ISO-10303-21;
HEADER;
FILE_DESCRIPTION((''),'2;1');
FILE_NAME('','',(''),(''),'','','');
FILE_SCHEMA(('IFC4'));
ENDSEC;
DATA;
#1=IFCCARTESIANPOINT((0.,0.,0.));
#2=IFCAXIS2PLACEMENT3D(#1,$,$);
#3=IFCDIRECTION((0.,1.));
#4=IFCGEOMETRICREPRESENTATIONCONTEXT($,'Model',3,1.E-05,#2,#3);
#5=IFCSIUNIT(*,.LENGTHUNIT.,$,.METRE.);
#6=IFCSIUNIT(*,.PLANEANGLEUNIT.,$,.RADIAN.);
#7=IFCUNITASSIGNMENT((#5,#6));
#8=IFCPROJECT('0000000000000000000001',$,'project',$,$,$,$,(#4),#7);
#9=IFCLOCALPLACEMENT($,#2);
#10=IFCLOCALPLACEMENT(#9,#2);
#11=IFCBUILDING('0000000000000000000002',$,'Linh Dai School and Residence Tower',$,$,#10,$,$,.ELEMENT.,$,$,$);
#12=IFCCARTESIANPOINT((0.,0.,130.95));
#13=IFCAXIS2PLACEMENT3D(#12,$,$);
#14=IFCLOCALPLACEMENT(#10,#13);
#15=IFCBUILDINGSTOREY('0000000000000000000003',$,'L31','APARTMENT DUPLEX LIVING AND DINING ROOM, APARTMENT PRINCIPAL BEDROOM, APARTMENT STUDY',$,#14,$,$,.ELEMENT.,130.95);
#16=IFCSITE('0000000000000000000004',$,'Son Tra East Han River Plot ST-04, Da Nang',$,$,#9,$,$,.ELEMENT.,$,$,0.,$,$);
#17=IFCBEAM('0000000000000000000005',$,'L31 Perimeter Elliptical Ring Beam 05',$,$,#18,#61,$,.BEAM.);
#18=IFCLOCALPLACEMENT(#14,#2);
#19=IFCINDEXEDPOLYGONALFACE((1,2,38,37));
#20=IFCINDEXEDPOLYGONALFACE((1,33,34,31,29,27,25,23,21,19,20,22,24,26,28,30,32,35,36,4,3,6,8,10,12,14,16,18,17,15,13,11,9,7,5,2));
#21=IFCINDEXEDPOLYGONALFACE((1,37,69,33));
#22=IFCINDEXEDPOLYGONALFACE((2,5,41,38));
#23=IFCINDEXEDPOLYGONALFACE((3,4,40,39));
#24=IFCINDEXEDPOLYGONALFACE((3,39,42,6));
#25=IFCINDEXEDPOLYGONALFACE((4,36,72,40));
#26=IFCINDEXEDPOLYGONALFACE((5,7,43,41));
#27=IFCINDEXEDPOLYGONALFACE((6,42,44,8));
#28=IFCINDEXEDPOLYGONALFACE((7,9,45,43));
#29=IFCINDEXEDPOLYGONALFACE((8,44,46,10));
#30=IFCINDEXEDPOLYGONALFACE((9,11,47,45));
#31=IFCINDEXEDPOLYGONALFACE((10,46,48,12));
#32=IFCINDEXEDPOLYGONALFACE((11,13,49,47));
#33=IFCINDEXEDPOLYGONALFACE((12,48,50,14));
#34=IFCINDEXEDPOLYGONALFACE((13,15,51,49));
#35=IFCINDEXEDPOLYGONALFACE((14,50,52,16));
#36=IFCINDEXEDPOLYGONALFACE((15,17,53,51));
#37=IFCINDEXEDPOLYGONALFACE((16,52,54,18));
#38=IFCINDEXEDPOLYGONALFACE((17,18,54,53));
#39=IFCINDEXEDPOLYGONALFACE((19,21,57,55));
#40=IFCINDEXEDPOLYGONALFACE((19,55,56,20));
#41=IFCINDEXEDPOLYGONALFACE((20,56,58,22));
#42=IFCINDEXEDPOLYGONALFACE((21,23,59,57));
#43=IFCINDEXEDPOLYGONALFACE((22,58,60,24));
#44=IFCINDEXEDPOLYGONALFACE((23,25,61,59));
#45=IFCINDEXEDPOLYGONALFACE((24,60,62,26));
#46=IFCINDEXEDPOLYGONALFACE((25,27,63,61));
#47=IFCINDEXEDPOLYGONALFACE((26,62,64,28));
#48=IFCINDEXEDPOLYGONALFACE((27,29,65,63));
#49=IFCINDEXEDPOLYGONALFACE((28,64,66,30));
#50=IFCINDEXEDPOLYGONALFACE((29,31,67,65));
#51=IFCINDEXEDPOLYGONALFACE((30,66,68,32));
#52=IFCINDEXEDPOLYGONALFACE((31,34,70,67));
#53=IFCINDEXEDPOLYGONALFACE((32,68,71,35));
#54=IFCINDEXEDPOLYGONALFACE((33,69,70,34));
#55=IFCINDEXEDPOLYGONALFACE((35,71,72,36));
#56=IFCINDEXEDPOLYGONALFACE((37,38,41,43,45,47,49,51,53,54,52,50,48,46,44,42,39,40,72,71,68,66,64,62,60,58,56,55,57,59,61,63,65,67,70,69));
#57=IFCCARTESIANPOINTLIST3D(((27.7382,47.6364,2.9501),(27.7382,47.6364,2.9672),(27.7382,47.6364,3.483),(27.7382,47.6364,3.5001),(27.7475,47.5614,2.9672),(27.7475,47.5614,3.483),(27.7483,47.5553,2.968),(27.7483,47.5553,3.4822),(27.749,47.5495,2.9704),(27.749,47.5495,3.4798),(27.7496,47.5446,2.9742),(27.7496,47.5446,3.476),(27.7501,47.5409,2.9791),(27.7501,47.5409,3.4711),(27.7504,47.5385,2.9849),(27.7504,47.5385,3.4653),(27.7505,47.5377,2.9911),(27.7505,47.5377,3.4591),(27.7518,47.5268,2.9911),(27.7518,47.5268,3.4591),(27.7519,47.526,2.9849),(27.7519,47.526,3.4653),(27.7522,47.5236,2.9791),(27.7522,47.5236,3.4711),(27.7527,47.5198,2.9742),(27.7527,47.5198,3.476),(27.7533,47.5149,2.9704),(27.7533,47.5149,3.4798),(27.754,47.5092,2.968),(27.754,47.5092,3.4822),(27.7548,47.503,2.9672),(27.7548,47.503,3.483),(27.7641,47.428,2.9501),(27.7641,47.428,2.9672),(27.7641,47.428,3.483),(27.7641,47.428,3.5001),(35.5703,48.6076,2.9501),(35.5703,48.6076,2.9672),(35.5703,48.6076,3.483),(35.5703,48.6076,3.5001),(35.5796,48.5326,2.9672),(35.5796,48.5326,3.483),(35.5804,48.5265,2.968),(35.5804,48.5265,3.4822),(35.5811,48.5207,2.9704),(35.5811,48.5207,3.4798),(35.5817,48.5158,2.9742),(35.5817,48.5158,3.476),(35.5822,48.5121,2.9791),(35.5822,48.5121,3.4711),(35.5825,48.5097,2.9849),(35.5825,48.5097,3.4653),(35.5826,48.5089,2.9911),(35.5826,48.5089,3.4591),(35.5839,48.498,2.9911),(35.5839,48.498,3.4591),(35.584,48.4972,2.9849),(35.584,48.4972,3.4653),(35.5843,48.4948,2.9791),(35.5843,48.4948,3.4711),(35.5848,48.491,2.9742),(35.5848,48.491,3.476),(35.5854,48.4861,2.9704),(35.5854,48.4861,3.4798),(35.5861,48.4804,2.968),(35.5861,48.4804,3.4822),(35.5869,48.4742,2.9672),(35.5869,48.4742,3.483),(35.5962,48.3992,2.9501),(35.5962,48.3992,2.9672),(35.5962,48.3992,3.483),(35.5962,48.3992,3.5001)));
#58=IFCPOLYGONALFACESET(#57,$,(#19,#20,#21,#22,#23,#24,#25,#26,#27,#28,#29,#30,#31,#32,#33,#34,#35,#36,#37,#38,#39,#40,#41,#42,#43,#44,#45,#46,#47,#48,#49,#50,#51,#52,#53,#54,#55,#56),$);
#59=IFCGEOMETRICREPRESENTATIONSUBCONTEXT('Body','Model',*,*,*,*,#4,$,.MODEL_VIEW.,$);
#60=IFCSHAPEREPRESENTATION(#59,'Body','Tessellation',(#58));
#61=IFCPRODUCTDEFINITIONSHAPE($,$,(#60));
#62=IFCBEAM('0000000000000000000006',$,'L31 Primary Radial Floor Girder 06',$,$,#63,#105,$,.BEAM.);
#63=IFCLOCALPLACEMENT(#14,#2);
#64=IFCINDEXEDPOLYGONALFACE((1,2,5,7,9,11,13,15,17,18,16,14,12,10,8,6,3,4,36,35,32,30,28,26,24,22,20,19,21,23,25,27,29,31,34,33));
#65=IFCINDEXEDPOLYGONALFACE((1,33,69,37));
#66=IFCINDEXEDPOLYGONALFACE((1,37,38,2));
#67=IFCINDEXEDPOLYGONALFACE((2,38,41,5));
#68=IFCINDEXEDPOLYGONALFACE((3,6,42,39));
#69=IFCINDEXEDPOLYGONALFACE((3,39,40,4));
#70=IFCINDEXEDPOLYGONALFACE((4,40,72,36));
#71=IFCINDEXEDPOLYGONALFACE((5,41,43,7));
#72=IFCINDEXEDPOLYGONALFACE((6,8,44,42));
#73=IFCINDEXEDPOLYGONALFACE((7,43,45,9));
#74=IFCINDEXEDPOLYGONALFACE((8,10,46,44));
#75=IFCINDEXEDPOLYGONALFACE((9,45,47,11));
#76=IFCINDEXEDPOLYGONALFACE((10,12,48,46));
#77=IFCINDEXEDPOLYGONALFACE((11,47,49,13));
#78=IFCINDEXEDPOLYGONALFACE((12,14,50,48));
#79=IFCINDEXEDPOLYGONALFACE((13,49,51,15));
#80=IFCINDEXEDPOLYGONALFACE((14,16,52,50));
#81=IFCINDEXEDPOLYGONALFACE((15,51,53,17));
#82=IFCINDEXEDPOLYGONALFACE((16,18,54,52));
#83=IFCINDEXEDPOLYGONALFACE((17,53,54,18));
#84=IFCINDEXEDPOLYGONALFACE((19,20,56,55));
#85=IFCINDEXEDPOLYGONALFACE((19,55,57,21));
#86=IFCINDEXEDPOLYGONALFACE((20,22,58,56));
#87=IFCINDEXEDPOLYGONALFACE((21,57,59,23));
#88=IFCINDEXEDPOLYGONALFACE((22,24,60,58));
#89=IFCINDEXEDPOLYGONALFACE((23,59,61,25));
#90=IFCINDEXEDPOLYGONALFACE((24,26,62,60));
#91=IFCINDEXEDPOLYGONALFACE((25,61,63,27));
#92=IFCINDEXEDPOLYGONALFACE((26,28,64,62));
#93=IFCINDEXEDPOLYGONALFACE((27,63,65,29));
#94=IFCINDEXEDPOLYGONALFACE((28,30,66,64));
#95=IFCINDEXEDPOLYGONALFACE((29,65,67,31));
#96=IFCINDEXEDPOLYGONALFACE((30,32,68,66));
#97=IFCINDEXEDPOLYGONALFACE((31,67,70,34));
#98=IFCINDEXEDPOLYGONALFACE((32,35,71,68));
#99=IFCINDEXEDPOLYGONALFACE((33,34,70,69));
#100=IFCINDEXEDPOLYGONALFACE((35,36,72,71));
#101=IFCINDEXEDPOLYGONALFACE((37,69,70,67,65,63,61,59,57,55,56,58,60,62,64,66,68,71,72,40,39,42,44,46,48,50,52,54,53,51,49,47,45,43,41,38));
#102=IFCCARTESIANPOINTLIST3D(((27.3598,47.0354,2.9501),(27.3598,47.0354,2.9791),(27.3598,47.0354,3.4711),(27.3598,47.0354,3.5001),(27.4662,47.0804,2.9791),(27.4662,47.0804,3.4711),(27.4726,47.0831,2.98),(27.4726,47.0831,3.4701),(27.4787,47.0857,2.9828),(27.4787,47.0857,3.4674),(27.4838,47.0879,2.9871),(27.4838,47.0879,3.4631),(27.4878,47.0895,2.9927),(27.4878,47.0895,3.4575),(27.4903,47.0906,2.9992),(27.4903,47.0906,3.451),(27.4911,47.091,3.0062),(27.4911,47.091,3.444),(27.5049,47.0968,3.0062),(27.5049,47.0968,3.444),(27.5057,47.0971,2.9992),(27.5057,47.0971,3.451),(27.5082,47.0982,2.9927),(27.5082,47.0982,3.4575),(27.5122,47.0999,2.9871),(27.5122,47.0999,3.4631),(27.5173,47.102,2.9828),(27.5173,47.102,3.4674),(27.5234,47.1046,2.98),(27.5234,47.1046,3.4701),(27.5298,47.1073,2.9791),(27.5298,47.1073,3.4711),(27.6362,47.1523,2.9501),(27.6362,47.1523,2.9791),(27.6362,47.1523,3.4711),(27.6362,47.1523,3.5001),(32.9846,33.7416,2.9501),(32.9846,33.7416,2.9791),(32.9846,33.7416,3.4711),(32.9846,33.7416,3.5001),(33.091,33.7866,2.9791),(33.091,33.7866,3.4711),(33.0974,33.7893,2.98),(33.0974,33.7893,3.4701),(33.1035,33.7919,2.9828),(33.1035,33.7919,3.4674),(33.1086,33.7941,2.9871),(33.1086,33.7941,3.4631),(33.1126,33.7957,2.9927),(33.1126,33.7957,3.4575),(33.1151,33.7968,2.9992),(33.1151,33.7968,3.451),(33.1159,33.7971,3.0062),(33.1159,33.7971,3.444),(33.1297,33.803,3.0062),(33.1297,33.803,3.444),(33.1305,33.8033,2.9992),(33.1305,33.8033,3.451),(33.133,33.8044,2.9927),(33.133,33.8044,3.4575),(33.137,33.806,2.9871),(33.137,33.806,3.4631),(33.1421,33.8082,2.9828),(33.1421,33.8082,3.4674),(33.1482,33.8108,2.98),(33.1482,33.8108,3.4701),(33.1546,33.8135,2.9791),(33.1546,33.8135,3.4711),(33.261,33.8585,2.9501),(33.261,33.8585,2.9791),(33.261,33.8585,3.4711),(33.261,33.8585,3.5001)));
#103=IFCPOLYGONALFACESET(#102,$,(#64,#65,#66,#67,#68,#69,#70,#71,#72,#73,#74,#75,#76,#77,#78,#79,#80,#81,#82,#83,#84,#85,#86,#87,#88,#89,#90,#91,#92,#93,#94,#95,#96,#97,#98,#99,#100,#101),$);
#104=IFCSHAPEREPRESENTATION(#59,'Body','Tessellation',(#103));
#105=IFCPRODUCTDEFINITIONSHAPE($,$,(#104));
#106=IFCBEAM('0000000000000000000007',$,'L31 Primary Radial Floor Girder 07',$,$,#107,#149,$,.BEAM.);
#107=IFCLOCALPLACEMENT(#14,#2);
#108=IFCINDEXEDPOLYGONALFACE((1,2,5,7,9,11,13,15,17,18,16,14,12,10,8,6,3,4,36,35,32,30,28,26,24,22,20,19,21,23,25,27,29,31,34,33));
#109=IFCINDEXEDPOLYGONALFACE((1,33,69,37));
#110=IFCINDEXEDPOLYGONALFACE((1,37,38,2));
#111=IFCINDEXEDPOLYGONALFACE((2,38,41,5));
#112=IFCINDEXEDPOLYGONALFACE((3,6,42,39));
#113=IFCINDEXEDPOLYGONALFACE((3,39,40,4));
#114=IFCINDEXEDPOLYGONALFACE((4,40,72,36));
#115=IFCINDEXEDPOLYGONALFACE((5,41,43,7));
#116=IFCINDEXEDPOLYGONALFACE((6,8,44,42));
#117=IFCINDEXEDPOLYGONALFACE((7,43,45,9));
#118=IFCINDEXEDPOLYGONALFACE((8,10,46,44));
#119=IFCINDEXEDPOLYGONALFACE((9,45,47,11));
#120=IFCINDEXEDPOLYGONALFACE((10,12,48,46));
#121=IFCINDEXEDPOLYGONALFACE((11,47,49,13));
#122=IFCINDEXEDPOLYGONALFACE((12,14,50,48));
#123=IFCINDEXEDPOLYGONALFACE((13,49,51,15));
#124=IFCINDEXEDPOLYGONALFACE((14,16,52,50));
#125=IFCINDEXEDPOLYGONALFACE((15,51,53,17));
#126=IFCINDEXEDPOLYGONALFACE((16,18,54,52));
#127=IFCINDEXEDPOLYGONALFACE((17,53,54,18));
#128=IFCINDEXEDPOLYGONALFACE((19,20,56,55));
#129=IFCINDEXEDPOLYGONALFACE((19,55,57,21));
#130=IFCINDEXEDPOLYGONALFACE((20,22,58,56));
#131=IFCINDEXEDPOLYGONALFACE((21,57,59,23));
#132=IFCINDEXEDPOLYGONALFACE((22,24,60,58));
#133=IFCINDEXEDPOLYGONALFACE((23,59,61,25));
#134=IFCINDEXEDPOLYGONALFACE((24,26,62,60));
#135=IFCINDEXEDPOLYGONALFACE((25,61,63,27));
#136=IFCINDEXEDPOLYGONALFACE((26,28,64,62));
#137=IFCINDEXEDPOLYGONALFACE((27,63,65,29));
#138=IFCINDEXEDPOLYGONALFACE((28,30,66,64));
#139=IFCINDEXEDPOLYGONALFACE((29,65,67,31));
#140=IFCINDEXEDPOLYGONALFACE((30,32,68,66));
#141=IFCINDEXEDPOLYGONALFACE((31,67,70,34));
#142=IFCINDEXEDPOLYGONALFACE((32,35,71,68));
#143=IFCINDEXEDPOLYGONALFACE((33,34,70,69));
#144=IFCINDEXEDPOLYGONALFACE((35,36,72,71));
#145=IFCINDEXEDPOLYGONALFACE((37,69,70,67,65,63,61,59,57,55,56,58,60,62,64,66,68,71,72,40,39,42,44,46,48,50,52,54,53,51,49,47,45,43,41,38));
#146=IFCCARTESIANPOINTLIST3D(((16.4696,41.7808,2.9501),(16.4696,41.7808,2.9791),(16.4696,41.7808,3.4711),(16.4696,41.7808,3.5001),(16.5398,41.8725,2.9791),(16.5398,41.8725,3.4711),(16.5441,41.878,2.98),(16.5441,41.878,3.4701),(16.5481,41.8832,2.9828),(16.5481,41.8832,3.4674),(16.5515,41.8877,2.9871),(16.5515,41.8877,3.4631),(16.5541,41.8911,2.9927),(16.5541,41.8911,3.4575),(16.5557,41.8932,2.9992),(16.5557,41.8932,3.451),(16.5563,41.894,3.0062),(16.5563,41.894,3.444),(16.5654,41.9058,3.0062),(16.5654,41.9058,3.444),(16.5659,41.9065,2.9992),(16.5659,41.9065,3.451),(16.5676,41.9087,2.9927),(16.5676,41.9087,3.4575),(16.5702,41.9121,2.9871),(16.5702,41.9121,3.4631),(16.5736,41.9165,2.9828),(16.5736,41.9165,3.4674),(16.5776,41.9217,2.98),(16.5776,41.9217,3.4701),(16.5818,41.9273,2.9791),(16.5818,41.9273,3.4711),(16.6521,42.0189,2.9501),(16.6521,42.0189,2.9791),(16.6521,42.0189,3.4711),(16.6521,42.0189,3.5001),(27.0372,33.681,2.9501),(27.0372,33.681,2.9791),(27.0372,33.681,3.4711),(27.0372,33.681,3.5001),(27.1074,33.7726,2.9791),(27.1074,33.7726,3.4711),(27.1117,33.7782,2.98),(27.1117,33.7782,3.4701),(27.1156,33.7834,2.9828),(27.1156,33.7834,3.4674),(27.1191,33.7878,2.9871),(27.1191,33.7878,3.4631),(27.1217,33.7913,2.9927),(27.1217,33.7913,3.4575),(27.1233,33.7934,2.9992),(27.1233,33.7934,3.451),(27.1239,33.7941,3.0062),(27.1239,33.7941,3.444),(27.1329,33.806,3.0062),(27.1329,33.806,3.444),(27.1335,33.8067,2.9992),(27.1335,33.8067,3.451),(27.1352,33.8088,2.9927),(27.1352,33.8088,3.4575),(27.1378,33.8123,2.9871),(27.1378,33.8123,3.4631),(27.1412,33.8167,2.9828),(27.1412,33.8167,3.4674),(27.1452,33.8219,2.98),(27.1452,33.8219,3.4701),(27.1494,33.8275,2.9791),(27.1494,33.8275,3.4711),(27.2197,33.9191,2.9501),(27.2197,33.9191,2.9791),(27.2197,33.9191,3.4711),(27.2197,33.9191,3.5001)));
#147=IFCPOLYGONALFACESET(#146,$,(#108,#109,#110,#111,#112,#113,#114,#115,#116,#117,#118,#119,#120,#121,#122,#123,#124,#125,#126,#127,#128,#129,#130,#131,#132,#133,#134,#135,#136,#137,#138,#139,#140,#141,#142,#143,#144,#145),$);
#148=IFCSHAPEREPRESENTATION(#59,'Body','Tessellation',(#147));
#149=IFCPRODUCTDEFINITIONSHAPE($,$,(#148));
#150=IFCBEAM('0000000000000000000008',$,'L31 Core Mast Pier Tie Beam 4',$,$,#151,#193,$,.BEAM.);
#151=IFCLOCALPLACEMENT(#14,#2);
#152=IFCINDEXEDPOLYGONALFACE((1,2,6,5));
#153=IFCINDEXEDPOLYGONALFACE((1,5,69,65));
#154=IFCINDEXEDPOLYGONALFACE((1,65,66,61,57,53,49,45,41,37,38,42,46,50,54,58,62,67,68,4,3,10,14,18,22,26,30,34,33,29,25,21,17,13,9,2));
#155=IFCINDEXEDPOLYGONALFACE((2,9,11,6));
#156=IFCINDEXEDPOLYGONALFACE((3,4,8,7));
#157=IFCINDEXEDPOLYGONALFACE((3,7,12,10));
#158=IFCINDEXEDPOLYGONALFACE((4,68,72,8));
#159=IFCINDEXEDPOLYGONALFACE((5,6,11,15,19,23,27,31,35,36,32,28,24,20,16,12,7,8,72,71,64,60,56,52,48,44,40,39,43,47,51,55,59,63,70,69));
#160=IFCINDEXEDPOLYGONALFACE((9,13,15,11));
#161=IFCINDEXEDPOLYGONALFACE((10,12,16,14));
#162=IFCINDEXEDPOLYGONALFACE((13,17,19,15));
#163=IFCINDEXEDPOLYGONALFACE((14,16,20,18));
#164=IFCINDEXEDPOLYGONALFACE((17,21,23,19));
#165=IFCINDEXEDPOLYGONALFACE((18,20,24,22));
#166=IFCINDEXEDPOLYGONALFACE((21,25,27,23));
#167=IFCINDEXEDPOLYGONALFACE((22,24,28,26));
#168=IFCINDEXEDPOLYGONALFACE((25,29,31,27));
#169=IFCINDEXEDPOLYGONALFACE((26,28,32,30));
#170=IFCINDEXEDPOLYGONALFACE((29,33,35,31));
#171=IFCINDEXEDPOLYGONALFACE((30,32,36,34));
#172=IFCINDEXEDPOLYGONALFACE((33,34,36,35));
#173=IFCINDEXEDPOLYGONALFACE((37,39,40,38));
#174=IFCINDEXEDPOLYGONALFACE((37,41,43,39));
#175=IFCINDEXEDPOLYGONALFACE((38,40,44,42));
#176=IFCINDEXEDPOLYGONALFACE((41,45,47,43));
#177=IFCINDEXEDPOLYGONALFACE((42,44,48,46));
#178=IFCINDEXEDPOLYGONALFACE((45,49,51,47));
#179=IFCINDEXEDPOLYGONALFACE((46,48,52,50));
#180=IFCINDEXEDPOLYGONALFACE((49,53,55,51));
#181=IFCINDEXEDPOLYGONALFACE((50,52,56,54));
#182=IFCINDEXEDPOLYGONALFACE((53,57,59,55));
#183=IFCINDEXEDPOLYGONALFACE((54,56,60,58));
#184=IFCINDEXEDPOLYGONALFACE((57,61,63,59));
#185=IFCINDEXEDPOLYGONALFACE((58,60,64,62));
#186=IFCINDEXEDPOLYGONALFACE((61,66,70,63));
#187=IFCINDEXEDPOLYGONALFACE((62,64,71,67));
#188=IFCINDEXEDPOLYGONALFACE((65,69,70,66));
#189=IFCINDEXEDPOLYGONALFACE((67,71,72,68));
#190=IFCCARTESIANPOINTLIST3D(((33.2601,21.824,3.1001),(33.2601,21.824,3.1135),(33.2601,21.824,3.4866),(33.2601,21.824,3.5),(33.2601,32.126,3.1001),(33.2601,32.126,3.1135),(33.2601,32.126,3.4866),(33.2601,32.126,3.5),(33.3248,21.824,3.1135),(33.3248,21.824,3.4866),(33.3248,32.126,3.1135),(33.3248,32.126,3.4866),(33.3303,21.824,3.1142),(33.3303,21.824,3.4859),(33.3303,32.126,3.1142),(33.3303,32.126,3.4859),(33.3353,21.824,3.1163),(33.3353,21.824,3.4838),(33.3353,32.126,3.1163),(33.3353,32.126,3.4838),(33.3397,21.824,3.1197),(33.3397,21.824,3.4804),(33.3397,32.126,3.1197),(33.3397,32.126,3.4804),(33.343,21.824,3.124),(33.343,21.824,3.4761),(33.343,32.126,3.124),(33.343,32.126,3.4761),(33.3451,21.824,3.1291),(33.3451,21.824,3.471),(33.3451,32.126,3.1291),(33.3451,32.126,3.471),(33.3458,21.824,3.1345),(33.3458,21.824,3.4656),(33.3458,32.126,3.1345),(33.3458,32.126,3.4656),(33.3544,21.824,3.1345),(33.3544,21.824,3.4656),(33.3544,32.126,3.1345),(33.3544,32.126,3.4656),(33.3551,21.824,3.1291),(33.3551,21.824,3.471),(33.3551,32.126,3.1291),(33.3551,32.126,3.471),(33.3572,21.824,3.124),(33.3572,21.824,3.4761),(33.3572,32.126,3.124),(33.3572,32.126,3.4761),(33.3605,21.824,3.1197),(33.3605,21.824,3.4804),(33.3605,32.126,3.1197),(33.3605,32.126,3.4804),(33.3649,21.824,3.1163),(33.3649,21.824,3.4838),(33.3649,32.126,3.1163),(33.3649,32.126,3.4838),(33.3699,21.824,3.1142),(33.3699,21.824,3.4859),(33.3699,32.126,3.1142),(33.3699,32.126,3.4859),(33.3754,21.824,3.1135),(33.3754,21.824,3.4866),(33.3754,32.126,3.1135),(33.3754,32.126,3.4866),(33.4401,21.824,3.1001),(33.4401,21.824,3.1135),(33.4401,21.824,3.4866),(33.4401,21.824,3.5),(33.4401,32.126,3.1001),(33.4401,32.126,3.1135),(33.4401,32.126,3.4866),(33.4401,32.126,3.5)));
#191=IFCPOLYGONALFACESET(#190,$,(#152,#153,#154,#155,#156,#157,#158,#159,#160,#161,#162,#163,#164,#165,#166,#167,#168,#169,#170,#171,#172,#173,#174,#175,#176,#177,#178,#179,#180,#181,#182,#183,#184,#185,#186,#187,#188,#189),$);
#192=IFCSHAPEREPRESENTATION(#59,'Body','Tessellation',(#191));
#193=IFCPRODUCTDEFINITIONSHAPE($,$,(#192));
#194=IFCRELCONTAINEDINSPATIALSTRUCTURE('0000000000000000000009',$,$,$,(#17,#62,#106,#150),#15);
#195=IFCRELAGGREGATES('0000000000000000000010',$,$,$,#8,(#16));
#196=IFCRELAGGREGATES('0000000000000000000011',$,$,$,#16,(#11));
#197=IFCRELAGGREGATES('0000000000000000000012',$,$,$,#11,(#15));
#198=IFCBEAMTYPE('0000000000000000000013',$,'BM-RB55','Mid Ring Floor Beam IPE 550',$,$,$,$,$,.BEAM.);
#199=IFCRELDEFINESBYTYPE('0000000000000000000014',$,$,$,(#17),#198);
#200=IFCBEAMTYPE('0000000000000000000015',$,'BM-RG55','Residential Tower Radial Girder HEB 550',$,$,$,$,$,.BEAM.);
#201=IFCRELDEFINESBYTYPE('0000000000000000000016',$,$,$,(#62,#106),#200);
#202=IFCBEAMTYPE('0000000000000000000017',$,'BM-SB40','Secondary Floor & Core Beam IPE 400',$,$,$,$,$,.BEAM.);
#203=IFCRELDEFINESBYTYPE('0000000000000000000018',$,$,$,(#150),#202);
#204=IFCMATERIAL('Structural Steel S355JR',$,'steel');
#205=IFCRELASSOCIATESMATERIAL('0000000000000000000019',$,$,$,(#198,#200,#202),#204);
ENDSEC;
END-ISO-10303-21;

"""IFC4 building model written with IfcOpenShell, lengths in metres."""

from ifc_helpers import new_model, si_unit, direction, frame, origin, origin_2d, place, context, subcontext, project, spatial, i_section, extrude, material, material_profile, profile_set, type_object, element, save


model = new_model("IFC4")

# Units and contexts
model_context = context("Model", 3, precision=1e-05, world=origin(), true_north=direction((0.0, 1.0)))
body_context = subcontext(model_context, "Body", "Model", "MODEL_VIEW")
ifc_project = project(units=[si_unit("LENGTHUNIT", "METRE"), si_unit("PLANEANGLEUNIT", "RADIAN")], contexts=[model_context])

# Site, building, storey
site_placement = place(None, origin())
site = spatial("IfcSite", under=ifc_project, at=site_placement, Name="Son Tra East Han River Plot ST-04, Da Nang", CompositionType="ELEMENT", RefElevation=0.0)
building_placement = place(site_placement, origin())
building = spatial("IfcBuilding", under=site, at=building_placement, Name="Linh Dai School and Residence Tower", CompositionType="ELEMENT")
storey_placement = place(building_placement, frame((0.0, 0.0, 130.95)))
storey = spatial("IfcBuildingStorey", under=building, at=storey_placement, Name="L31", Description="APARTMENT DUPLEX LIVING AND DINING ROOM, APARTMENT PRINCIPAL BEDROOM, APARTMENT STUDY", CompositionType="ELEMENT", Elevation=130.95)

# Shared definitions
ifc_material_1 = material(Name="Structural Steel S355JR", Category="steel")

# Beams
ifc_material_profile_1 = material_profile(ifc_material_1, i_section(OverallWidth=0.21, OverallDepth=0.55, WebThickness=0.011, FlangeThickness=0.0171, FilletRadius=0.0239, at=origin_2d()), Name="IPE 550")
ifc_profile_set_1 = profile_set([ifc_material_profile_1], Name="Structural Steel S355JR")
beam_type_1 = type_object("IfcBeamType", Name="BM-RB55", Description="Mid Ring Floor Beam IPE 550", PredefinedType="BEAM", material=ifc_profile_set_1)
beam_1_placement = place(storey_placement, frame((35.5833, 48.5034, 3.2251), z_axis=(-0.992399, -0.12306, 0.0), x_axis=(0.12306, -0.992399, 0.0)))
element("IfcBeam", 1, at=beam_1_placement, inside=storey, type_object=beam_type_1, Name="L31 Perimeter Elliptical Ring Beam 05", PredefinedType="BEAM", context=body_context, shape_type="SweptSolid", body=[
    extrude(i_section(OverallWidth=0.21, OverallDepth=0.55, WebThickness=0.011, FlangeThickness=0.0171, FilletRadius=0.0239, at=origin_2d()), origin(), (0.0, 0.0, 1.0), 7.8921),
])
ifc_material_profile_2 = material_profile(ifc_material_1, i_section(OverallWidth=0.3, OverallDepth=0.55, WebThickness=0.0149, FlangeThickness=0.0291, FilletRadius=0.0271, at=origin_2d()), Name="HEB 550")
ifc_profile_set_2 = profile_set([ifc_material_profile_2], Name="Structural Steel S355JR")
beam_type_2 = type_object("IfcBeamType", Name="BM-RG55", Description="Residential Tower Radial Girder HEB 550", PredefinedType="BEAM", material=ifc_profile_set_2)
beam_2_placement = place(storey_placement, frame((33.1228, 33.8, 3.2251), z_axis=(-0.389669, 0.920955, 0.0), x_axis=(-0.920955, -0.389669, 0.0)))
element("IfcBeam", 2, at=beam_2_placement, inside=storey, type_object=beam_type_2, Name="L31 Primary Radial Floor Girder 06", PredefinedType="BEAM", context=body_context, shape_type="SweptSolid", body=[
    extrude(i_section(OverallWidth=0.3, OverallDepth=0.55, WebThickness=0.0149, FlangeThickness=0.0291, FilletRadius=0.0271, at=origin_2d()), origin(), (0.0, 0.0, 1.0), 14.4348),
])
beam_3_placement = place(storey_placement, frame((27.1284, 33.8, 3.2251), z_axis=(-0.793679, 0.608337, 0.0), x_axis=(-0.608337, -0.793679, 0.0)))
element("IfcBeam", 3, at=beam_3_placement, inside=storey, type_object=beam_type_2, Name="L31 Primary Radial Floor Girder 07", PredefinedType="BEAM", context=body_context, shape_type="SweptSolid", body=[
    extrude(i_section(OverallWidth=0.3, OverallDepth=0.55, WebThickness=0.0149, FlangeThickness=0.0291, FilletRadius=0.0271, at=origin_2d()), origin(), (0.0, 0.0, 1.0), 13.3147),
])
ifc_material_profile_3 = material_profile(ifc_material_1, i_section(OverallWidth=0.1799, OverallDepth=0.3999, WebThickness=0.0085, FlangeThickness=0.0134, FilletRadius=0.021, at=origin_2d()), Name="IPE 400")
ifc_profile_set_3 = profile_set([ifc_material_profile_3], Name="Structural Steel S355JR")
beam_type_3 = type_object("IfcBeamType", Name="BM-SB40", Description="Secondary Floor & Core Beam IPE 400", PredefinedType="BEAM", material=ifc_profile_set_3)
beam_4_placement = place(storey_placement, frame((33.3501, 32.126, 3.3), z_axis=(0.0, -1.0, 0.0), x_axis=(1.0, 0.0, 0.0)))
element("IfcBeam", 4, at=beam_4_placement, inside=storey, type_object=beam_type_3, Name="L31 Core Mast Pier Tie Beam 4", PredefinedType="BEAM", context=body_context, shape_type="SweptSolid", body=[
    extrude(i_section(OverallWidth=0.1799, OverallDepth=0.3999, WebThickness=0.0085, FlangeThickness=0.0134, FilletRadius=0.021, at=origin_2d()), origin(), (0.0, 0.0, 1.0), 10.302),
])

save(model, "model.ifc")
